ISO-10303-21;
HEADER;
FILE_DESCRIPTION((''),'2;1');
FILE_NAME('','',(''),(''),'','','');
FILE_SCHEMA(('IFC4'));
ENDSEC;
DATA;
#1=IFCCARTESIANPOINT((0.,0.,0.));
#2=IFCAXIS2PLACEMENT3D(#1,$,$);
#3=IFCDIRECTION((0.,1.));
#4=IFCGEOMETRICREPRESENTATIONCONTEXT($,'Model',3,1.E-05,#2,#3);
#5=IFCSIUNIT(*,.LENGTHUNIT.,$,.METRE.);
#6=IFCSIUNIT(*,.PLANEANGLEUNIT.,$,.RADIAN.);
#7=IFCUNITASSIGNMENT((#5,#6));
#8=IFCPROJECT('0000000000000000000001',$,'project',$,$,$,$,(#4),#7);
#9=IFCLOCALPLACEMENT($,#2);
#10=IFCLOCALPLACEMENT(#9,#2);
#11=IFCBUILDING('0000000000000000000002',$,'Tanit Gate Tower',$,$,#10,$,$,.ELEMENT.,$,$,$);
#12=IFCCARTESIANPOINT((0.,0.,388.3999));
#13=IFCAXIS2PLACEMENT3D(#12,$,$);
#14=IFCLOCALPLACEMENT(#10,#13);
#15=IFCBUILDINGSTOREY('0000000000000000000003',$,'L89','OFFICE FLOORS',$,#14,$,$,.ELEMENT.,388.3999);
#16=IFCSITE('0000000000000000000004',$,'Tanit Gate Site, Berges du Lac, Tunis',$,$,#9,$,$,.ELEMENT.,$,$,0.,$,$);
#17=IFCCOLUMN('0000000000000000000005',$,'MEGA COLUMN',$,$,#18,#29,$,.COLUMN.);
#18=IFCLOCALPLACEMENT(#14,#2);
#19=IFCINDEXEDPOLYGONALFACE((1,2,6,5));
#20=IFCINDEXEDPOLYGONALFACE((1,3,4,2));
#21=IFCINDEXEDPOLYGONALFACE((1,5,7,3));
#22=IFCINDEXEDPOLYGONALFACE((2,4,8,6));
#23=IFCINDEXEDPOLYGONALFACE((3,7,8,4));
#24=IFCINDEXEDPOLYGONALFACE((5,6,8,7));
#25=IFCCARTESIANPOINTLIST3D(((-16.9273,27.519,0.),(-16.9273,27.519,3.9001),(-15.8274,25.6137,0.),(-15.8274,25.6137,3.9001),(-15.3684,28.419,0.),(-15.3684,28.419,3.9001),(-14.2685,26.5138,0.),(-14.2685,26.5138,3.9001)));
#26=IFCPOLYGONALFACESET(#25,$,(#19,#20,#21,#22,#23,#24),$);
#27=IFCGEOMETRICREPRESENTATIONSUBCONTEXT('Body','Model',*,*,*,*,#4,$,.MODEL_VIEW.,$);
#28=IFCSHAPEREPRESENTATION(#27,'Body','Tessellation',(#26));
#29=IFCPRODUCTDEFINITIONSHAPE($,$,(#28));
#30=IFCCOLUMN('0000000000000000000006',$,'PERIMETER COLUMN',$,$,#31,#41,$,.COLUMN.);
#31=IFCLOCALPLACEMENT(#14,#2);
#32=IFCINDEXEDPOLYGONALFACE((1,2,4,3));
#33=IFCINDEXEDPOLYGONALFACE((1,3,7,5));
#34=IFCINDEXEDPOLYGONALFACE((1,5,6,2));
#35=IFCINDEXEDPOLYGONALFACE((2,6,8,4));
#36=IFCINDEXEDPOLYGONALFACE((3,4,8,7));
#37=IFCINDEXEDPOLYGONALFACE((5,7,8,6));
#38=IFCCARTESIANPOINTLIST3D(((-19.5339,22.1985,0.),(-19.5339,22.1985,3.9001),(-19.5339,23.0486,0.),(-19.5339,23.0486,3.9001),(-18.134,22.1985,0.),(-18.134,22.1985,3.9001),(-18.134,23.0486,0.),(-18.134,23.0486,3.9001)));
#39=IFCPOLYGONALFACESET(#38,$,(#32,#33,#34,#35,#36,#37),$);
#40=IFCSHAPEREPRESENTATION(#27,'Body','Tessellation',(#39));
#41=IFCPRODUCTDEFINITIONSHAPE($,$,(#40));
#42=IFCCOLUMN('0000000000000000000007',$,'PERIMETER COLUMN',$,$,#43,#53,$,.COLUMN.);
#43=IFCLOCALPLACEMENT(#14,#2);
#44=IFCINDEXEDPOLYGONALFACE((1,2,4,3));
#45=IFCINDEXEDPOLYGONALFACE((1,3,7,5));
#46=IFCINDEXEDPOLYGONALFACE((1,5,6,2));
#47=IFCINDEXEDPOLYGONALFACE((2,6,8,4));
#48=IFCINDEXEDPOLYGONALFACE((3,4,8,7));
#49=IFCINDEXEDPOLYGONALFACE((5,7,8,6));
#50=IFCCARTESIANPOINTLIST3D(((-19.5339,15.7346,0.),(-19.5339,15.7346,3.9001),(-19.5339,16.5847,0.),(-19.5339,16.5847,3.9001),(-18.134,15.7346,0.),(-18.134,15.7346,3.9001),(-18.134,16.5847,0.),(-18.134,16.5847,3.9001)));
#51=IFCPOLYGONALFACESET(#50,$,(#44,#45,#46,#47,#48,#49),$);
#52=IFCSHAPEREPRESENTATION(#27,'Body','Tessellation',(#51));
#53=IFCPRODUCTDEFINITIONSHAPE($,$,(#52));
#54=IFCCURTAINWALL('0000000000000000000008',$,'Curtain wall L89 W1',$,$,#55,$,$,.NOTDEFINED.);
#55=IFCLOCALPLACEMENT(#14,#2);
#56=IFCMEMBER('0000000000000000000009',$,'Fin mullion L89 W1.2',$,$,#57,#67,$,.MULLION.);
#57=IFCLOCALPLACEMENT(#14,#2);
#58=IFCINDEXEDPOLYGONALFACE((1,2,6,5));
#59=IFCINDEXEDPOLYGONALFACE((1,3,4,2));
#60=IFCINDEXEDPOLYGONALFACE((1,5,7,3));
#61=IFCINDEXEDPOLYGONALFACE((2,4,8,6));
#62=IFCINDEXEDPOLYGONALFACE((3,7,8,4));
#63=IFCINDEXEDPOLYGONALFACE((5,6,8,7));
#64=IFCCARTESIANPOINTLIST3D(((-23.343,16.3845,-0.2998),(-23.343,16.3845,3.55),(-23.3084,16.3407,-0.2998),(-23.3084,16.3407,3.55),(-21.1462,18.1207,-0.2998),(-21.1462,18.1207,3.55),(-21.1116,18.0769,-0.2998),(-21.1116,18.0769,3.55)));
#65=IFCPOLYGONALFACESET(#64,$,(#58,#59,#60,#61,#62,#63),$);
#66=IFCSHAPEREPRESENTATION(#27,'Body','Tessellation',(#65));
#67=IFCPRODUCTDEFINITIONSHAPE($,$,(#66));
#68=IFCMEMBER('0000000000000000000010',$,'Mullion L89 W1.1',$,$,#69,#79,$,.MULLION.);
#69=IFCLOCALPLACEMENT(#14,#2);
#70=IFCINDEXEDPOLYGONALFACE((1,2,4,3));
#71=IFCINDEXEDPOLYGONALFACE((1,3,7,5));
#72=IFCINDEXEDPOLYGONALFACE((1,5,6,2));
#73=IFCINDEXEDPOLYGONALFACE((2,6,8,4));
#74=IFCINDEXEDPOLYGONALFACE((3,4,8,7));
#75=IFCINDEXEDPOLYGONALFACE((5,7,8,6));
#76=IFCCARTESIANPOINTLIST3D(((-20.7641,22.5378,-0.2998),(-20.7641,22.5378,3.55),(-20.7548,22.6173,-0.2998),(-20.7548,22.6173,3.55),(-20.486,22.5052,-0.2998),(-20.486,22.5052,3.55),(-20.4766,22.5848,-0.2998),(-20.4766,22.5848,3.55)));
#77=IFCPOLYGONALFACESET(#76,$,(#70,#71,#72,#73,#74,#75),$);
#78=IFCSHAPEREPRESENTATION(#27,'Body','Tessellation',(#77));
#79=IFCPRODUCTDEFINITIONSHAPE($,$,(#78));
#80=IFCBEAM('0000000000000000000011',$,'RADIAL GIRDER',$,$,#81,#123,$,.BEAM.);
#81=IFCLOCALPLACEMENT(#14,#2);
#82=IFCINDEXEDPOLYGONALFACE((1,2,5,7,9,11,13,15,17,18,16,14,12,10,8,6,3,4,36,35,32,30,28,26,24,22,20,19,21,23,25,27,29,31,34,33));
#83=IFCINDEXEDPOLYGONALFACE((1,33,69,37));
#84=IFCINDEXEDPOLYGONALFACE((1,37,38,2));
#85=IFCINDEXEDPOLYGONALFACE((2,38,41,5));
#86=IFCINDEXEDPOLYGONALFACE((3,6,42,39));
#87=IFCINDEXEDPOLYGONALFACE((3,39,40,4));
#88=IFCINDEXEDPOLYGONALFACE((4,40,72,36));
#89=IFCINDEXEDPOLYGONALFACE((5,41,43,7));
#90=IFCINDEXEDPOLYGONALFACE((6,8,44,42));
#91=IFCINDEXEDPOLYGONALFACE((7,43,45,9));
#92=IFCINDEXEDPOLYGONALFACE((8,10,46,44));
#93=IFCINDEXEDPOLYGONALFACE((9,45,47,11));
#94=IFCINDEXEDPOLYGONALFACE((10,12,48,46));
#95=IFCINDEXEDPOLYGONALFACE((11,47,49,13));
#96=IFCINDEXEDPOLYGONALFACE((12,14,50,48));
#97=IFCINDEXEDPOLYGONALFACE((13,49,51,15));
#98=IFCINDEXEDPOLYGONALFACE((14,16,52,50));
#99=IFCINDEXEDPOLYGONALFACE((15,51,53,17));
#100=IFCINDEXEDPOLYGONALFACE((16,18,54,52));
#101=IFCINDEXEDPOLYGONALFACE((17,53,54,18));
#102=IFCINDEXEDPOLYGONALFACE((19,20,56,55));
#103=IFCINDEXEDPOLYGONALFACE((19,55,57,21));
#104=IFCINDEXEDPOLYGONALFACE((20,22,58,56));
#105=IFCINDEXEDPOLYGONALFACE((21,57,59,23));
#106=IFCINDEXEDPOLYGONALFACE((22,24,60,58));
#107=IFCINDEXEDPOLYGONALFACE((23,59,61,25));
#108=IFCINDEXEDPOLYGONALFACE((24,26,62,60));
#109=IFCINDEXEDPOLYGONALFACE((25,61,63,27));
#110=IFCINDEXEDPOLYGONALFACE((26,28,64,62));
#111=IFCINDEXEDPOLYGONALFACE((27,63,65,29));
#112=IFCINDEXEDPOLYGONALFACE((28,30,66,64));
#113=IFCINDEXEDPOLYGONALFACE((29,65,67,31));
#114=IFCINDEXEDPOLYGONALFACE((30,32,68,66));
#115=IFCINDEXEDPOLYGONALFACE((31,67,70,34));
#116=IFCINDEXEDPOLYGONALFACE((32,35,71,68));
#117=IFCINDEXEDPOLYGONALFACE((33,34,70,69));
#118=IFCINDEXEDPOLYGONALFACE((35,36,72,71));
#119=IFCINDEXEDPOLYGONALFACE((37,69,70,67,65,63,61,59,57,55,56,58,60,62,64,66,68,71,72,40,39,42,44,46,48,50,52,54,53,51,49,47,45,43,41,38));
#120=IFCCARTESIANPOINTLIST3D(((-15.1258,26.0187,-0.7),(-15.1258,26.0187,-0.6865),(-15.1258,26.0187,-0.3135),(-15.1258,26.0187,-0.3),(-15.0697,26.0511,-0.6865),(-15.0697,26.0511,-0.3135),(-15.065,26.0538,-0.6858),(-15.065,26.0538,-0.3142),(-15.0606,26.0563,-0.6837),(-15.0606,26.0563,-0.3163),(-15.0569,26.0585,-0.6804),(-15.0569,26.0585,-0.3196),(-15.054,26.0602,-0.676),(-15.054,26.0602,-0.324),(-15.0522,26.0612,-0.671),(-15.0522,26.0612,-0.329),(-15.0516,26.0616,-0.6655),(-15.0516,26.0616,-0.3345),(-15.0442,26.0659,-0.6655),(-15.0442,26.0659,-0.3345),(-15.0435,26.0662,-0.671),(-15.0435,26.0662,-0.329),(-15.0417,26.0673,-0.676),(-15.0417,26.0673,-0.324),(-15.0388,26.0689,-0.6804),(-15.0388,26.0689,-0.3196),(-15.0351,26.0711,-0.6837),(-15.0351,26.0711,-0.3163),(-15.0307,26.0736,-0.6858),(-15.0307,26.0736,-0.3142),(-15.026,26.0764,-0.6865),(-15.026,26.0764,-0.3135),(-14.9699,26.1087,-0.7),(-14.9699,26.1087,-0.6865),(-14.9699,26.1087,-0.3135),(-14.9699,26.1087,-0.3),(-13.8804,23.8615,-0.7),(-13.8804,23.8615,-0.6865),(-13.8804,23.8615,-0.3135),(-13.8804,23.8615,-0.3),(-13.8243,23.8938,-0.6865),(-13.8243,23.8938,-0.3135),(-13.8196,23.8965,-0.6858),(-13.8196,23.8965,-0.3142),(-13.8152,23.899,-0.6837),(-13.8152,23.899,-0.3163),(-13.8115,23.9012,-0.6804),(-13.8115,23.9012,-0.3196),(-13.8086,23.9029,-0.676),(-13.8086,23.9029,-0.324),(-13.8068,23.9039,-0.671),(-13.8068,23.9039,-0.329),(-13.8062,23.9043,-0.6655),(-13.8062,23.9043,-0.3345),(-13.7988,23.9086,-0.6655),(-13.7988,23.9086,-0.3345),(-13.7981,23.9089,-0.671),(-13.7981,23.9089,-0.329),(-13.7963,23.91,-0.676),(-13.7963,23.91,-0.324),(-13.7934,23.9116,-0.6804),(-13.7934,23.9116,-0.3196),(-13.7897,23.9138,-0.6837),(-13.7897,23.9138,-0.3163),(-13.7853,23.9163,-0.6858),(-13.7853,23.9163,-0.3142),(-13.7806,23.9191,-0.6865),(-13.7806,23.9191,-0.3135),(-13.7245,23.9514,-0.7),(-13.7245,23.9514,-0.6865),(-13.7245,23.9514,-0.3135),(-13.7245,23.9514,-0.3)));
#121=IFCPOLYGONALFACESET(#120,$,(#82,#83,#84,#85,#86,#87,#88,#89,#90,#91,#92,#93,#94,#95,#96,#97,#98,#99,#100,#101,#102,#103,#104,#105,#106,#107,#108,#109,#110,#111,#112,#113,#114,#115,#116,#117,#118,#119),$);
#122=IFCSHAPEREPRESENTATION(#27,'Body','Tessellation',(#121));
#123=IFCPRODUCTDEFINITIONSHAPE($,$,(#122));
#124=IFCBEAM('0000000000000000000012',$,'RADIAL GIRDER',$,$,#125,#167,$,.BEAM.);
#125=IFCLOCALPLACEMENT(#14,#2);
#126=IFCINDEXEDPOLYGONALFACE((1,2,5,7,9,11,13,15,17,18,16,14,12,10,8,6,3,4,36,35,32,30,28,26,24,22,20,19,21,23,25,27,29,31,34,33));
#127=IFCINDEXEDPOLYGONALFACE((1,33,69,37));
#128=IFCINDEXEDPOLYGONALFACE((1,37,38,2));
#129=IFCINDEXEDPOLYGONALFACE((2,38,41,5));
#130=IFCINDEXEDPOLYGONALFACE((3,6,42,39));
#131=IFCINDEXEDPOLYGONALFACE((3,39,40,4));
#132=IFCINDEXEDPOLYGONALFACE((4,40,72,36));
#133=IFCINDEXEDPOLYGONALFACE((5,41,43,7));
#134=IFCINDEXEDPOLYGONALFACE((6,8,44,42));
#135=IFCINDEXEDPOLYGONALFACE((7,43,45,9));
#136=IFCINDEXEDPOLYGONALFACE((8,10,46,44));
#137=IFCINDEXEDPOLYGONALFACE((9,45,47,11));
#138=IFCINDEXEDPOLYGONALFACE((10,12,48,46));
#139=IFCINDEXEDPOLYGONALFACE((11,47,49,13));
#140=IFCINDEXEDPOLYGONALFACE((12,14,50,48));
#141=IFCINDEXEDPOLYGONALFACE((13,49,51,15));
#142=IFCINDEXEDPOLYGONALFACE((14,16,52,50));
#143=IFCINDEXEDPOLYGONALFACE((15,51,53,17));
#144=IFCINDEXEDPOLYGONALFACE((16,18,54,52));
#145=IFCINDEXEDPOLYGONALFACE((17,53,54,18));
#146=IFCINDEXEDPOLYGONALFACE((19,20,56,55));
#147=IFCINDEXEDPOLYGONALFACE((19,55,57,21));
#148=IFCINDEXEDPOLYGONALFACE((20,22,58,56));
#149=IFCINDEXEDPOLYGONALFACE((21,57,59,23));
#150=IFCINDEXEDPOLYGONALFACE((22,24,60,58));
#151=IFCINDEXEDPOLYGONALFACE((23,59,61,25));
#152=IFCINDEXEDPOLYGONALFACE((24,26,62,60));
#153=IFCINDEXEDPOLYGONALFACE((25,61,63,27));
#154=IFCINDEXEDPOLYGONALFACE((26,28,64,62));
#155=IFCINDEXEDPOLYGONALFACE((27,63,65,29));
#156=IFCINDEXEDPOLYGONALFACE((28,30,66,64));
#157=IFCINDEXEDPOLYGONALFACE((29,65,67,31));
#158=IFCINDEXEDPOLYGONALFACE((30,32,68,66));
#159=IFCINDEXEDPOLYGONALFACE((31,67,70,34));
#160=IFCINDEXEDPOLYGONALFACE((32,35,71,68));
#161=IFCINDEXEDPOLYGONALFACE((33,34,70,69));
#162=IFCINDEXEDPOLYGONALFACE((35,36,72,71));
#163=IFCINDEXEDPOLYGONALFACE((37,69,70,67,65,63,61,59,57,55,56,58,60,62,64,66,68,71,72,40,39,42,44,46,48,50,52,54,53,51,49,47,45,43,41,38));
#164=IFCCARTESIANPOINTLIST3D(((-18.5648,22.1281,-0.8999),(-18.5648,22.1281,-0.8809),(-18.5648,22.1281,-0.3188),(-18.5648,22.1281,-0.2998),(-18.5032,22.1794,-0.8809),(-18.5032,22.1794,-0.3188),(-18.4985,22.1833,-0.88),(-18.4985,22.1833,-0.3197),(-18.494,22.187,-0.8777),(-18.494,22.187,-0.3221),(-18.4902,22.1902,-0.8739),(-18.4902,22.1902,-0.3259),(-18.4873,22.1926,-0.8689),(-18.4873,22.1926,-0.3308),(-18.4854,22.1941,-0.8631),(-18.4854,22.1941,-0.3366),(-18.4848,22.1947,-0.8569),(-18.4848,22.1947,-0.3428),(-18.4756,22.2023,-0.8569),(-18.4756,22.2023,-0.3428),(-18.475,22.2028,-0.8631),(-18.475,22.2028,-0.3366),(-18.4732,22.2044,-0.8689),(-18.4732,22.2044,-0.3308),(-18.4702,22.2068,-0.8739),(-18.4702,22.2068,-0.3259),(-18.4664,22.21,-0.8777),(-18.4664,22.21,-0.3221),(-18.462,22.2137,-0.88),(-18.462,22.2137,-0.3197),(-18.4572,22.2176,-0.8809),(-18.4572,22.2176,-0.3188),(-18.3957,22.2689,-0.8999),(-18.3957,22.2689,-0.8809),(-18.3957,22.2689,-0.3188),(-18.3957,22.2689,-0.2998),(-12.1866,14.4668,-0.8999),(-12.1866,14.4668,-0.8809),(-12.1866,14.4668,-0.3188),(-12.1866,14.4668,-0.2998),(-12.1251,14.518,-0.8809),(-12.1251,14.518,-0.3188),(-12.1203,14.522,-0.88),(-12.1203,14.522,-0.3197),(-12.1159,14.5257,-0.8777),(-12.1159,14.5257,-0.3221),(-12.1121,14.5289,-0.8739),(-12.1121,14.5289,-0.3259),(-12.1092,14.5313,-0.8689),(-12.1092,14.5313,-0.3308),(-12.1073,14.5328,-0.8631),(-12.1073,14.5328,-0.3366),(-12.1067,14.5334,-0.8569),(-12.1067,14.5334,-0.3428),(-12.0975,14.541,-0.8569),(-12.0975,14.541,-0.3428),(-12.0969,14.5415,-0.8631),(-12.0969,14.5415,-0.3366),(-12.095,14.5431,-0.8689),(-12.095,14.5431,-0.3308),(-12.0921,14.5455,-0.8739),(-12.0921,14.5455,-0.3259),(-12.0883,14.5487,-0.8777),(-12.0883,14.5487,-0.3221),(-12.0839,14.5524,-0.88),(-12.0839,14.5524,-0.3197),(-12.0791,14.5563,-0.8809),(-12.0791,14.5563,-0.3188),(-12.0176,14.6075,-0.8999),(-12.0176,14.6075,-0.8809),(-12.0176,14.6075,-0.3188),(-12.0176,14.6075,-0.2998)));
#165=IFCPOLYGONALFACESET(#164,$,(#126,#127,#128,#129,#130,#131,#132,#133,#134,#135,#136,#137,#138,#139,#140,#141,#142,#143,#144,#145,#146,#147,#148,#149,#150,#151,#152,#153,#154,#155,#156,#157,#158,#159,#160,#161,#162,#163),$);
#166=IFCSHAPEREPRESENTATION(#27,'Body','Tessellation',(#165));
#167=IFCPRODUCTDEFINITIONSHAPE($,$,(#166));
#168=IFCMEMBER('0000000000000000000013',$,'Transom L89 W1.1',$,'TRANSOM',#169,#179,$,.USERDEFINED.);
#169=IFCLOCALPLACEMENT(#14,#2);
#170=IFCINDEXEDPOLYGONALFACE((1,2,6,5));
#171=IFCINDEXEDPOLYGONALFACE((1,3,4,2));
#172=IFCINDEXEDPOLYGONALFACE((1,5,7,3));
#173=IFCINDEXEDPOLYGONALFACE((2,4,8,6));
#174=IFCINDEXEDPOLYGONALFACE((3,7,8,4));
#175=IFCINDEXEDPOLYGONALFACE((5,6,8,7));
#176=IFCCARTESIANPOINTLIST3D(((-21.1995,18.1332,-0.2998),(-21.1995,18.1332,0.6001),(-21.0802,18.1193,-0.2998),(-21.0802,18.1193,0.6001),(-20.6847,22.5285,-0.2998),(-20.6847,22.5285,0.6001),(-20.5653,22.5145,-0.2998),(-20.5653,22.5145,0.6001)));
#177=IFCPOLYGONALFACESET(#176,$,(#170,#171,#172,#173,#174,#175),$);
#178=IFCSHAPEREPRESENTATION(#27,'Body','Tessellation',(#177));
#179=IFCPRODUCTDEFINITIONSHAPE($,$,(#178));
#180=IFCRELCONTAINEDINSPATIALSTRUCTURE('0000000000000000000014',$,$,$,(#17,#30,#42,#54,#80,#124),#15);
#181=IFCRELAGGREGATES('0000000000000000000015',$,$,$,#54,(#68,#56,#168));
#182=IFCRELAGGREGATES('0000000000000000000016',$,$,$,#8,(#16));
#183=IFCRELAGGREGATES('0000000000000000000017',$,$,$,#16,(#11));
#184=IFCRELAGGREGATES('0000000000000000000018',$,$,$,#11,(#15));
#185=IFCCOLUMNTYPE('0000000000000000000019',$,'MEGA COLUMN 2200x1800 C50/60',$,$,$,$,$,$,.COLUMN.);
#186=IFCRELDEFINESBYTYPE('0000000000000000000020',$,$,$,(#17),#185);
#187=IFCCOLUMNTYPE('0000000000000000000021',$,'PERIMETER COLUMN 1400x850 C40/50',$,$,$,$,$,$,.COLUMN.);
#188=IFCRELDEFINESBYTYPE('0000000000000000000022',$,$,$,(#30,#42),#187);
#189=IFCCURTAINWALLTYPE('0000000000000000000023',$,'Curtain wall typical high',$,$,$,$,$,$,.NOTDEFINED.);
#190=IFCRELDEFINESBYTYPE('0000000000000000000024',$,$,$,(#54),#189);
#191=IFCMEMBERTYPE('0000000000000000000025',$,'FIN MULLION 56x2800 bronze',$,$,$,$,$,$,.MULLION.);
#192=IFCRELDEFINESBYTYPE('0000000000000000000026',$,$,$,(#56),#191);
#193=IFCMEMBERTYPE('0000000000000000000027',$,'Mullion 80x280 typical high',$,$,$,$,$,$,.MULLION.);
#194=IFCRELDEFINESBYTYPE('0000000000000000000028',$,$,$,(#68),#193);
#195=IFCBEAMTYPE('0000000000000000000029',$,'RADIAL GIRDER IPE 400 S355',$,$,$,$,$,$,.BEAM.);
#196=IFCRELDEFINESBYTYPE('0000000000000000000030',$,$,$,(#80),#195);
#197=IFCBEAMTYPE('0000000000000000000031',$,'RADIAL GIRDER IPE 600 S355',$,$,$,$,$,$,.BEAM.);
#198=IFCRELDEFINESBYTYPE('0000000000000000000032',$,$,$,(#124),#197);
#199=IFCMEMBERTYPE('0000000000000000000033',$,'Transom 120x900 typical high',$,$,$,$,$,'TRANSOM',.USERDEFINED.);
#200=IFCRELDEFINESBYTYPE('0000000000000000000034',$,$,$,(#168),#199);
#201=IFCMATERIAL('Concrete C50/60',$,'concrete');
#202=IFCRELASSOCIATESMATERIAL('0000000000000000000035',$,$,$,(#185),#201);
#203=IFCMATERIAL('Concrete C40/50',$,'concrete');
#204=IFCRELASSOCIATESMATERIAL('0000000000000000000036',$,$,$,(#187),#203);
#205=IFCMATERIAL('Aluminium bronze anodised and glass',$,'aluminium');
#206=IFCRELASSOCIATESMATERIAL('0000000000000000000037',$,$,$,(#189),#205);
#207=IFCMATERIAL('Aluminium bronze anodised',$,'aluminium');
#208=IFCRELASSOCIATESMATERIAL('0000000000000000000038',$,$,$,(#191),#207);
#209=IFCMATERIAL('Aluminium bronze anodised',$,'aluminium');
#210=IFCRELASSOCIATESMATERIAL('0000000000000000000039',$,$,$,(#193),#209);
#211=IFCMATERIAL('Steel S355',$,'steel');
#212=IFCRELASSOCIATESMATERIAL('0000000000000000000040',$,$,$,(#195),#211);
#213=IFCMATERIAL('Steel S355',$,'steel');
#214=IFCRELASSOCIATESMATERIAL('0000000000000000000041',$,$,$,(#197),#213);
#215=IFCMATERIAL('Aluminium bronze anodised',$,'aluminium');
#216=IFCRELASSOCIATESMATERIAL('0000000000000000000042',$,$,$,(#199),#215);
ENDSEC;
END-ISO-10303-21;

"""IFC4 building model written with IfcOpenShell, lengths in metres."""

from ifc_helpers import new_model, si_unit, direction, frame, origin, origin_2d, place, context, subcontext, project, spatial, rectangle, i_section, extrude, material, material_profile, profile_set, type_object, element, aggregate, save


model = new_model("IFC4")

# Units and contexts
model_context = context("Model", 3, precision=1e-05, world=origin(), true_north=direction((0.0, 1.0)))
body_context = subcontext(model_context, "Body", "Model", "MODEL_VIEW")
ifc_project = project(units=[si_unit("LENGTHUNIT", "METRE"), si_unit("PLANEANGLEUNIT", "RADIAN")], contexts=[model_context])

# Site, building, storey
site_placement = place(None, origin())
site = spatial("IfcSite", under=ifc_project, at=site_placement, Name="Tanit Gate Site, Berges du Lac, Tunis", CompositionType="ELEMENT", RefElevation=0.0)
building_placement = place(site_placement, origin())
building = spatial("IfcBuilding", under=site, at=building_placement, Name="Tanit Gate Tower", CompositionType="ELEMENT")
storey_placement = place(building_placement, frame((0.0, 0.0, 388.3999)))
storey = spatial("IfcBuildingStorey", under=building, at=storey_placement, Name="L89", Description="OFFICE FLOORS", CompositionType="ELEMENT", Elevation=388.3999)

# Columns
ifc_material_1 = material(Name="Concrete C50/60", Category="concrete")
ifc_material_profile_1 = material_profile(ifc_material_1, rectangle(XDim=2.2, YDim=1.8, at=origin_2d()), Name="RC 2200x1800")
ifc_profile_set_1 = profile_set([ifc_material_profile_1], Name="Concrete C50/60")
column_type_1 = type_object("IfcColumnType", Name="MEGA COLUMN 2200x1800 C50/60", PredefinedType="COLUMN", material=ifc_profile_set_1)
column_placement = place(storey_placement, frame((-15.5979, 27.0164, 0.0), z_axis=(0.0, 0.0, 1.0), x_axis=(-0.5, 0.866025, 0.0)))
element("IfcColumn", 1, at=column_placement, inside=storey, type_object=column_type_1, Name="MEGA COLUMN", PredefinedType="COLUMN", context=body_context, shape_type="SweptSolid", body=[
    extrude(rectangle(XDim=2.2, YDim=1.8, at=origin_2d()), origin(), (0.0, 0.0, 1.0), 3.9001),
])
ifc_material_2 = material(Name="Concrete C40/50", Category="concrete")
ifc_material_profile_2 = material_profile(ifc_material_2, rectangle(XDim=1.3999, YDim=0.8501, at=origin_2d()), Name="RC 1400x850")
ifc_profile_set_2 = profile_set([ifc_material_profile_2], Name="Concrete C40/50")
column_type_2 = type_object("IfcColumnType", Name="PERIMETER COLUMN 1400x850 C40/50", PredefinedType="COLUMN", material=ifc_profile_set_2)
for number, where, z_axis, x_axis, name in (
    (2, (-18.834, 22.6235, 0.0), (0.0, 0.0, 1.0), (-1.0, 0.0, 0.0), "PERIMETER COLUMN"),
    (3, (-18.834, 16.1597, 0.0), (0.0, 0.0, 1.0), (-1.0, 0.0, 0.0), "PERIMETER COLUMN"),
):
    element("IfcColumn", number, at=place(storey_placement, frame(where, z_axis=z_axis, x_axis=x_axis)), inside=storey, type_object=column_type_2, Name=name, PredefinedType="COLUMN", context=body_context, shape_type="SweptSolid", body=[
        extrude(rectangle(XDim=1.3999, YDim=0.8501, at=origin_2d()), origin(), (0.0, 0.0, 1.0), 3.9001),
    ])

# Curtain wall, members
ifc_material_3 = material(Name="Aluminium bronze anodised and glass", Category="aluminium")
curtain_wall_type = type_object("IfcCurtainWallType", Name="Curtain wall typical high", PredefinedType="NOTDEFINED", material=ifc_material_3)
curtain_wall_placement = place(storey_placement, origin())
curtain_wall = element("IfcCurtainWall", 4, at=curtain_wall_placement, inside=storey, type_object=curtain_wall_type, Name="Curtain wall L89 W1", PredefinedType="NOTDEFINED")
ifc_material_4 = material(Name="Aluminium bronze anodised", Category="aluminium")
ifc_material_profile_3 = material_profile(ifc_material_4, rectangle(XDim=2.8, YDim=0.0559, at=origin_2d()), Name="56x2800 bronze fin mullion")
ifc_profile_set_3 = profile_set([ifc_material_profile_3], Name="Aluminium bronze anodised")
member_type_1 = type_object("IfcMemberType", Name="FIN MULLION 56x2800 bronze", PredefinedType="MULLION", material=ifc_profile_set_3)
member_1_placement = place(storey_placement, frame((-22.2273, 17.2307, -0.2998), z_axis=(0.0, 0.0, 1.0), x_axis=(0.784556, 0.620058, 0.0)))
member_1 = element("IfcMember", 5, at=member_1_placement, type_object=member_type_1, Name="Fin mullion L89 W1.2", PredefinedType="MULLION", context=body_context, shape_type="SweptSolid", body=[
    extrude(rectangle(XDim=2.8, YDim=0.0559, at=origin_2d()), origin(), (0.0, 0.0, 1.0), 3.8499),
])
ifc_material_5 = material(Name="Aluminium bronze anodised", Category="aluminium")
ifc_material_profile_4 = material_profile(ifc_material_5, rectangle(XDim=0.28, YDim=0.0801, at=origin_2d()), Name="80x280 bronze mullion")
ifc_profile_set_4 = profile_set([ifc_material_profile_4], Name="Aluminium bronze anodised")
member_type_2 = type_object("IfcMemberType", Name="Mullion 80x280 typical high", PredefinedType="MULLION", material=ifc_profile_set_4)
member_2_placement = place(storey_placement, frame((-20.6204, 22.5613, -0.2998), z_axis=(0.0, 0.0, 1.0), x_axis=(0.993212, -0.116318, 0.0)))
member_2 = element("IfcMember", 6, at=member_2_placement, type_object=member_type_2, Name="Mullion L89 W1.1", PredefinedType="MULLION", context=body_context, shape_type="SweptSolid", body=[
    extrude(rectangle(XDim=0.28, YDim=0.0801, at=origin_2d()), origin(), (0.0, 0.0, 1.0), 3.8499),
])

# Beams
ifc_material_6 = material(Name="Steel S355", Category="steel")
ifc_material_profile_5 = material_profile(ifc_material_6, i_section(OverallWidth=0.1799, OverallDepth=0.3999, WebThickness=0.0085, FlangeThickness=0.0134, FilletRadius=0.021, at=origin_2d()), Name="IPE 400")
ifc_profile_set_5 = profile_set([ifc_material_profile_5], Name="Steel S355")
beam_type_1 = type_object("IfcBeamType", Name="RADIAL GIRDER IPE 400 S355", PredefinedType="BEAM", material=ifc_profile_set_5)
beam_1_placement = place(storey_placement, frame((-15.0479, 26.0637, -0.5), z_axis=(0.499966, -0.866045, 0.0), x_axis=(0.866045, 0.499966, 0.0)))
element("IfcBeam", 7, at=beam_1_placement, inside=storey, type_object=beam_type_1, Name="RADIAL GIRDER", PredefinedType="BEAM", context=body_context, shape_type="SweptSolid", body=[
    extrude(i_section(OverallWidth=0.1799, OverallDepth=0.3999, WebThickness=0.0085, FlangeThickness=0.0134, FilletRadius=0.021, at=origin_2d()), origin(), (0.0, 0.0, 1.0), 2.491),
])
ifc_material_7 = material(Name="Steel S355", Category="steel")
ifc_material_profile_6 = material_profile(ifc_material_7, i_section(OverallWidth=0.22, OverallDepth=0.6001, WebThickness=0.012, FlangeThickness=0.019, FilletRadius=0.0239, at=origin_2d()), Name="IPE 600")
ifc_profile_set_6 = profile_set([ifc_material_profile_6], Name="Steel S355")
beam_type_2 = type_object("IfcBeamType", Name="RADIAL GIRDER IPE 600 S355", PredefinedType="BEAM", material=ifc_profile_set_6)
beam_2_placement = place(storey_placement, frame((-18.4802, 22.1985, -0.5999), z_axis=(0.639811, -0.768532, 0.0), x_axis=(0.768532, 0.639811, 0.0)))
element("IfcBeam", 8, at=beam_2_placement, inside=storey, type_object=beam_type_2, Name="RADIAL GIRDER", PredefinedType="BEAM", context=body_context, shape_type="SweptSolid", body=[
    extrude(i_section(OverallWidth=0.22, OverallDepth=0.6001, WebThickness=0.012, FlangeThickness=0.019, FilletRadius=0.0239, at=origin_2d()), origin(), (0.0, 0.0, 1.0), 9.9688),
])

# Member
ifc_material_8 = material(Name="Aluminium bronze anodised", Category="aluminium")
ifc_material_profile_7 = material_profile(ifc_material_8, rectangle(XDim=0.1201, YDim=0.8999, at=origin_2d()), Name="120x900 bronze transom")
ifc_profile_set_7 = profile_set([ifc_material_profile_7], Name="Aluminium bronze anodised")
member_type_3 = type_object("IfcMemberType", Name="Transom 120x900 typical high", ElementType="TRANSOM", PredefinedType="USERDEFINED", material=ifc_profile_set_7)
member_3_placement = place(storey_placement, frame((-20.625, 22.5215, 0.1501), z_axis=(-0.116351, -0.993208, 0.0), x_axis=(0.993208, -0.116351, 0.0)))
member_3 = element("IfcMember", 9, at=member_3_placement, type_object=member_type_3, Name="Transom L89 W1.1", ObjectType="TRANSOM", PredefinedType="USERDEFINED", context=body_context, shape_type="SweptSolid", body=[
    extrude(rectangle(XDim=0.1201, YDim=0.8999, at=origin_2d()), origin(), (0.0, 0.0, 1.0), 4.4253),
])

aggregate(curtain_wall, [member_2, member_1, member_3])

save(model, "model.ifc")
